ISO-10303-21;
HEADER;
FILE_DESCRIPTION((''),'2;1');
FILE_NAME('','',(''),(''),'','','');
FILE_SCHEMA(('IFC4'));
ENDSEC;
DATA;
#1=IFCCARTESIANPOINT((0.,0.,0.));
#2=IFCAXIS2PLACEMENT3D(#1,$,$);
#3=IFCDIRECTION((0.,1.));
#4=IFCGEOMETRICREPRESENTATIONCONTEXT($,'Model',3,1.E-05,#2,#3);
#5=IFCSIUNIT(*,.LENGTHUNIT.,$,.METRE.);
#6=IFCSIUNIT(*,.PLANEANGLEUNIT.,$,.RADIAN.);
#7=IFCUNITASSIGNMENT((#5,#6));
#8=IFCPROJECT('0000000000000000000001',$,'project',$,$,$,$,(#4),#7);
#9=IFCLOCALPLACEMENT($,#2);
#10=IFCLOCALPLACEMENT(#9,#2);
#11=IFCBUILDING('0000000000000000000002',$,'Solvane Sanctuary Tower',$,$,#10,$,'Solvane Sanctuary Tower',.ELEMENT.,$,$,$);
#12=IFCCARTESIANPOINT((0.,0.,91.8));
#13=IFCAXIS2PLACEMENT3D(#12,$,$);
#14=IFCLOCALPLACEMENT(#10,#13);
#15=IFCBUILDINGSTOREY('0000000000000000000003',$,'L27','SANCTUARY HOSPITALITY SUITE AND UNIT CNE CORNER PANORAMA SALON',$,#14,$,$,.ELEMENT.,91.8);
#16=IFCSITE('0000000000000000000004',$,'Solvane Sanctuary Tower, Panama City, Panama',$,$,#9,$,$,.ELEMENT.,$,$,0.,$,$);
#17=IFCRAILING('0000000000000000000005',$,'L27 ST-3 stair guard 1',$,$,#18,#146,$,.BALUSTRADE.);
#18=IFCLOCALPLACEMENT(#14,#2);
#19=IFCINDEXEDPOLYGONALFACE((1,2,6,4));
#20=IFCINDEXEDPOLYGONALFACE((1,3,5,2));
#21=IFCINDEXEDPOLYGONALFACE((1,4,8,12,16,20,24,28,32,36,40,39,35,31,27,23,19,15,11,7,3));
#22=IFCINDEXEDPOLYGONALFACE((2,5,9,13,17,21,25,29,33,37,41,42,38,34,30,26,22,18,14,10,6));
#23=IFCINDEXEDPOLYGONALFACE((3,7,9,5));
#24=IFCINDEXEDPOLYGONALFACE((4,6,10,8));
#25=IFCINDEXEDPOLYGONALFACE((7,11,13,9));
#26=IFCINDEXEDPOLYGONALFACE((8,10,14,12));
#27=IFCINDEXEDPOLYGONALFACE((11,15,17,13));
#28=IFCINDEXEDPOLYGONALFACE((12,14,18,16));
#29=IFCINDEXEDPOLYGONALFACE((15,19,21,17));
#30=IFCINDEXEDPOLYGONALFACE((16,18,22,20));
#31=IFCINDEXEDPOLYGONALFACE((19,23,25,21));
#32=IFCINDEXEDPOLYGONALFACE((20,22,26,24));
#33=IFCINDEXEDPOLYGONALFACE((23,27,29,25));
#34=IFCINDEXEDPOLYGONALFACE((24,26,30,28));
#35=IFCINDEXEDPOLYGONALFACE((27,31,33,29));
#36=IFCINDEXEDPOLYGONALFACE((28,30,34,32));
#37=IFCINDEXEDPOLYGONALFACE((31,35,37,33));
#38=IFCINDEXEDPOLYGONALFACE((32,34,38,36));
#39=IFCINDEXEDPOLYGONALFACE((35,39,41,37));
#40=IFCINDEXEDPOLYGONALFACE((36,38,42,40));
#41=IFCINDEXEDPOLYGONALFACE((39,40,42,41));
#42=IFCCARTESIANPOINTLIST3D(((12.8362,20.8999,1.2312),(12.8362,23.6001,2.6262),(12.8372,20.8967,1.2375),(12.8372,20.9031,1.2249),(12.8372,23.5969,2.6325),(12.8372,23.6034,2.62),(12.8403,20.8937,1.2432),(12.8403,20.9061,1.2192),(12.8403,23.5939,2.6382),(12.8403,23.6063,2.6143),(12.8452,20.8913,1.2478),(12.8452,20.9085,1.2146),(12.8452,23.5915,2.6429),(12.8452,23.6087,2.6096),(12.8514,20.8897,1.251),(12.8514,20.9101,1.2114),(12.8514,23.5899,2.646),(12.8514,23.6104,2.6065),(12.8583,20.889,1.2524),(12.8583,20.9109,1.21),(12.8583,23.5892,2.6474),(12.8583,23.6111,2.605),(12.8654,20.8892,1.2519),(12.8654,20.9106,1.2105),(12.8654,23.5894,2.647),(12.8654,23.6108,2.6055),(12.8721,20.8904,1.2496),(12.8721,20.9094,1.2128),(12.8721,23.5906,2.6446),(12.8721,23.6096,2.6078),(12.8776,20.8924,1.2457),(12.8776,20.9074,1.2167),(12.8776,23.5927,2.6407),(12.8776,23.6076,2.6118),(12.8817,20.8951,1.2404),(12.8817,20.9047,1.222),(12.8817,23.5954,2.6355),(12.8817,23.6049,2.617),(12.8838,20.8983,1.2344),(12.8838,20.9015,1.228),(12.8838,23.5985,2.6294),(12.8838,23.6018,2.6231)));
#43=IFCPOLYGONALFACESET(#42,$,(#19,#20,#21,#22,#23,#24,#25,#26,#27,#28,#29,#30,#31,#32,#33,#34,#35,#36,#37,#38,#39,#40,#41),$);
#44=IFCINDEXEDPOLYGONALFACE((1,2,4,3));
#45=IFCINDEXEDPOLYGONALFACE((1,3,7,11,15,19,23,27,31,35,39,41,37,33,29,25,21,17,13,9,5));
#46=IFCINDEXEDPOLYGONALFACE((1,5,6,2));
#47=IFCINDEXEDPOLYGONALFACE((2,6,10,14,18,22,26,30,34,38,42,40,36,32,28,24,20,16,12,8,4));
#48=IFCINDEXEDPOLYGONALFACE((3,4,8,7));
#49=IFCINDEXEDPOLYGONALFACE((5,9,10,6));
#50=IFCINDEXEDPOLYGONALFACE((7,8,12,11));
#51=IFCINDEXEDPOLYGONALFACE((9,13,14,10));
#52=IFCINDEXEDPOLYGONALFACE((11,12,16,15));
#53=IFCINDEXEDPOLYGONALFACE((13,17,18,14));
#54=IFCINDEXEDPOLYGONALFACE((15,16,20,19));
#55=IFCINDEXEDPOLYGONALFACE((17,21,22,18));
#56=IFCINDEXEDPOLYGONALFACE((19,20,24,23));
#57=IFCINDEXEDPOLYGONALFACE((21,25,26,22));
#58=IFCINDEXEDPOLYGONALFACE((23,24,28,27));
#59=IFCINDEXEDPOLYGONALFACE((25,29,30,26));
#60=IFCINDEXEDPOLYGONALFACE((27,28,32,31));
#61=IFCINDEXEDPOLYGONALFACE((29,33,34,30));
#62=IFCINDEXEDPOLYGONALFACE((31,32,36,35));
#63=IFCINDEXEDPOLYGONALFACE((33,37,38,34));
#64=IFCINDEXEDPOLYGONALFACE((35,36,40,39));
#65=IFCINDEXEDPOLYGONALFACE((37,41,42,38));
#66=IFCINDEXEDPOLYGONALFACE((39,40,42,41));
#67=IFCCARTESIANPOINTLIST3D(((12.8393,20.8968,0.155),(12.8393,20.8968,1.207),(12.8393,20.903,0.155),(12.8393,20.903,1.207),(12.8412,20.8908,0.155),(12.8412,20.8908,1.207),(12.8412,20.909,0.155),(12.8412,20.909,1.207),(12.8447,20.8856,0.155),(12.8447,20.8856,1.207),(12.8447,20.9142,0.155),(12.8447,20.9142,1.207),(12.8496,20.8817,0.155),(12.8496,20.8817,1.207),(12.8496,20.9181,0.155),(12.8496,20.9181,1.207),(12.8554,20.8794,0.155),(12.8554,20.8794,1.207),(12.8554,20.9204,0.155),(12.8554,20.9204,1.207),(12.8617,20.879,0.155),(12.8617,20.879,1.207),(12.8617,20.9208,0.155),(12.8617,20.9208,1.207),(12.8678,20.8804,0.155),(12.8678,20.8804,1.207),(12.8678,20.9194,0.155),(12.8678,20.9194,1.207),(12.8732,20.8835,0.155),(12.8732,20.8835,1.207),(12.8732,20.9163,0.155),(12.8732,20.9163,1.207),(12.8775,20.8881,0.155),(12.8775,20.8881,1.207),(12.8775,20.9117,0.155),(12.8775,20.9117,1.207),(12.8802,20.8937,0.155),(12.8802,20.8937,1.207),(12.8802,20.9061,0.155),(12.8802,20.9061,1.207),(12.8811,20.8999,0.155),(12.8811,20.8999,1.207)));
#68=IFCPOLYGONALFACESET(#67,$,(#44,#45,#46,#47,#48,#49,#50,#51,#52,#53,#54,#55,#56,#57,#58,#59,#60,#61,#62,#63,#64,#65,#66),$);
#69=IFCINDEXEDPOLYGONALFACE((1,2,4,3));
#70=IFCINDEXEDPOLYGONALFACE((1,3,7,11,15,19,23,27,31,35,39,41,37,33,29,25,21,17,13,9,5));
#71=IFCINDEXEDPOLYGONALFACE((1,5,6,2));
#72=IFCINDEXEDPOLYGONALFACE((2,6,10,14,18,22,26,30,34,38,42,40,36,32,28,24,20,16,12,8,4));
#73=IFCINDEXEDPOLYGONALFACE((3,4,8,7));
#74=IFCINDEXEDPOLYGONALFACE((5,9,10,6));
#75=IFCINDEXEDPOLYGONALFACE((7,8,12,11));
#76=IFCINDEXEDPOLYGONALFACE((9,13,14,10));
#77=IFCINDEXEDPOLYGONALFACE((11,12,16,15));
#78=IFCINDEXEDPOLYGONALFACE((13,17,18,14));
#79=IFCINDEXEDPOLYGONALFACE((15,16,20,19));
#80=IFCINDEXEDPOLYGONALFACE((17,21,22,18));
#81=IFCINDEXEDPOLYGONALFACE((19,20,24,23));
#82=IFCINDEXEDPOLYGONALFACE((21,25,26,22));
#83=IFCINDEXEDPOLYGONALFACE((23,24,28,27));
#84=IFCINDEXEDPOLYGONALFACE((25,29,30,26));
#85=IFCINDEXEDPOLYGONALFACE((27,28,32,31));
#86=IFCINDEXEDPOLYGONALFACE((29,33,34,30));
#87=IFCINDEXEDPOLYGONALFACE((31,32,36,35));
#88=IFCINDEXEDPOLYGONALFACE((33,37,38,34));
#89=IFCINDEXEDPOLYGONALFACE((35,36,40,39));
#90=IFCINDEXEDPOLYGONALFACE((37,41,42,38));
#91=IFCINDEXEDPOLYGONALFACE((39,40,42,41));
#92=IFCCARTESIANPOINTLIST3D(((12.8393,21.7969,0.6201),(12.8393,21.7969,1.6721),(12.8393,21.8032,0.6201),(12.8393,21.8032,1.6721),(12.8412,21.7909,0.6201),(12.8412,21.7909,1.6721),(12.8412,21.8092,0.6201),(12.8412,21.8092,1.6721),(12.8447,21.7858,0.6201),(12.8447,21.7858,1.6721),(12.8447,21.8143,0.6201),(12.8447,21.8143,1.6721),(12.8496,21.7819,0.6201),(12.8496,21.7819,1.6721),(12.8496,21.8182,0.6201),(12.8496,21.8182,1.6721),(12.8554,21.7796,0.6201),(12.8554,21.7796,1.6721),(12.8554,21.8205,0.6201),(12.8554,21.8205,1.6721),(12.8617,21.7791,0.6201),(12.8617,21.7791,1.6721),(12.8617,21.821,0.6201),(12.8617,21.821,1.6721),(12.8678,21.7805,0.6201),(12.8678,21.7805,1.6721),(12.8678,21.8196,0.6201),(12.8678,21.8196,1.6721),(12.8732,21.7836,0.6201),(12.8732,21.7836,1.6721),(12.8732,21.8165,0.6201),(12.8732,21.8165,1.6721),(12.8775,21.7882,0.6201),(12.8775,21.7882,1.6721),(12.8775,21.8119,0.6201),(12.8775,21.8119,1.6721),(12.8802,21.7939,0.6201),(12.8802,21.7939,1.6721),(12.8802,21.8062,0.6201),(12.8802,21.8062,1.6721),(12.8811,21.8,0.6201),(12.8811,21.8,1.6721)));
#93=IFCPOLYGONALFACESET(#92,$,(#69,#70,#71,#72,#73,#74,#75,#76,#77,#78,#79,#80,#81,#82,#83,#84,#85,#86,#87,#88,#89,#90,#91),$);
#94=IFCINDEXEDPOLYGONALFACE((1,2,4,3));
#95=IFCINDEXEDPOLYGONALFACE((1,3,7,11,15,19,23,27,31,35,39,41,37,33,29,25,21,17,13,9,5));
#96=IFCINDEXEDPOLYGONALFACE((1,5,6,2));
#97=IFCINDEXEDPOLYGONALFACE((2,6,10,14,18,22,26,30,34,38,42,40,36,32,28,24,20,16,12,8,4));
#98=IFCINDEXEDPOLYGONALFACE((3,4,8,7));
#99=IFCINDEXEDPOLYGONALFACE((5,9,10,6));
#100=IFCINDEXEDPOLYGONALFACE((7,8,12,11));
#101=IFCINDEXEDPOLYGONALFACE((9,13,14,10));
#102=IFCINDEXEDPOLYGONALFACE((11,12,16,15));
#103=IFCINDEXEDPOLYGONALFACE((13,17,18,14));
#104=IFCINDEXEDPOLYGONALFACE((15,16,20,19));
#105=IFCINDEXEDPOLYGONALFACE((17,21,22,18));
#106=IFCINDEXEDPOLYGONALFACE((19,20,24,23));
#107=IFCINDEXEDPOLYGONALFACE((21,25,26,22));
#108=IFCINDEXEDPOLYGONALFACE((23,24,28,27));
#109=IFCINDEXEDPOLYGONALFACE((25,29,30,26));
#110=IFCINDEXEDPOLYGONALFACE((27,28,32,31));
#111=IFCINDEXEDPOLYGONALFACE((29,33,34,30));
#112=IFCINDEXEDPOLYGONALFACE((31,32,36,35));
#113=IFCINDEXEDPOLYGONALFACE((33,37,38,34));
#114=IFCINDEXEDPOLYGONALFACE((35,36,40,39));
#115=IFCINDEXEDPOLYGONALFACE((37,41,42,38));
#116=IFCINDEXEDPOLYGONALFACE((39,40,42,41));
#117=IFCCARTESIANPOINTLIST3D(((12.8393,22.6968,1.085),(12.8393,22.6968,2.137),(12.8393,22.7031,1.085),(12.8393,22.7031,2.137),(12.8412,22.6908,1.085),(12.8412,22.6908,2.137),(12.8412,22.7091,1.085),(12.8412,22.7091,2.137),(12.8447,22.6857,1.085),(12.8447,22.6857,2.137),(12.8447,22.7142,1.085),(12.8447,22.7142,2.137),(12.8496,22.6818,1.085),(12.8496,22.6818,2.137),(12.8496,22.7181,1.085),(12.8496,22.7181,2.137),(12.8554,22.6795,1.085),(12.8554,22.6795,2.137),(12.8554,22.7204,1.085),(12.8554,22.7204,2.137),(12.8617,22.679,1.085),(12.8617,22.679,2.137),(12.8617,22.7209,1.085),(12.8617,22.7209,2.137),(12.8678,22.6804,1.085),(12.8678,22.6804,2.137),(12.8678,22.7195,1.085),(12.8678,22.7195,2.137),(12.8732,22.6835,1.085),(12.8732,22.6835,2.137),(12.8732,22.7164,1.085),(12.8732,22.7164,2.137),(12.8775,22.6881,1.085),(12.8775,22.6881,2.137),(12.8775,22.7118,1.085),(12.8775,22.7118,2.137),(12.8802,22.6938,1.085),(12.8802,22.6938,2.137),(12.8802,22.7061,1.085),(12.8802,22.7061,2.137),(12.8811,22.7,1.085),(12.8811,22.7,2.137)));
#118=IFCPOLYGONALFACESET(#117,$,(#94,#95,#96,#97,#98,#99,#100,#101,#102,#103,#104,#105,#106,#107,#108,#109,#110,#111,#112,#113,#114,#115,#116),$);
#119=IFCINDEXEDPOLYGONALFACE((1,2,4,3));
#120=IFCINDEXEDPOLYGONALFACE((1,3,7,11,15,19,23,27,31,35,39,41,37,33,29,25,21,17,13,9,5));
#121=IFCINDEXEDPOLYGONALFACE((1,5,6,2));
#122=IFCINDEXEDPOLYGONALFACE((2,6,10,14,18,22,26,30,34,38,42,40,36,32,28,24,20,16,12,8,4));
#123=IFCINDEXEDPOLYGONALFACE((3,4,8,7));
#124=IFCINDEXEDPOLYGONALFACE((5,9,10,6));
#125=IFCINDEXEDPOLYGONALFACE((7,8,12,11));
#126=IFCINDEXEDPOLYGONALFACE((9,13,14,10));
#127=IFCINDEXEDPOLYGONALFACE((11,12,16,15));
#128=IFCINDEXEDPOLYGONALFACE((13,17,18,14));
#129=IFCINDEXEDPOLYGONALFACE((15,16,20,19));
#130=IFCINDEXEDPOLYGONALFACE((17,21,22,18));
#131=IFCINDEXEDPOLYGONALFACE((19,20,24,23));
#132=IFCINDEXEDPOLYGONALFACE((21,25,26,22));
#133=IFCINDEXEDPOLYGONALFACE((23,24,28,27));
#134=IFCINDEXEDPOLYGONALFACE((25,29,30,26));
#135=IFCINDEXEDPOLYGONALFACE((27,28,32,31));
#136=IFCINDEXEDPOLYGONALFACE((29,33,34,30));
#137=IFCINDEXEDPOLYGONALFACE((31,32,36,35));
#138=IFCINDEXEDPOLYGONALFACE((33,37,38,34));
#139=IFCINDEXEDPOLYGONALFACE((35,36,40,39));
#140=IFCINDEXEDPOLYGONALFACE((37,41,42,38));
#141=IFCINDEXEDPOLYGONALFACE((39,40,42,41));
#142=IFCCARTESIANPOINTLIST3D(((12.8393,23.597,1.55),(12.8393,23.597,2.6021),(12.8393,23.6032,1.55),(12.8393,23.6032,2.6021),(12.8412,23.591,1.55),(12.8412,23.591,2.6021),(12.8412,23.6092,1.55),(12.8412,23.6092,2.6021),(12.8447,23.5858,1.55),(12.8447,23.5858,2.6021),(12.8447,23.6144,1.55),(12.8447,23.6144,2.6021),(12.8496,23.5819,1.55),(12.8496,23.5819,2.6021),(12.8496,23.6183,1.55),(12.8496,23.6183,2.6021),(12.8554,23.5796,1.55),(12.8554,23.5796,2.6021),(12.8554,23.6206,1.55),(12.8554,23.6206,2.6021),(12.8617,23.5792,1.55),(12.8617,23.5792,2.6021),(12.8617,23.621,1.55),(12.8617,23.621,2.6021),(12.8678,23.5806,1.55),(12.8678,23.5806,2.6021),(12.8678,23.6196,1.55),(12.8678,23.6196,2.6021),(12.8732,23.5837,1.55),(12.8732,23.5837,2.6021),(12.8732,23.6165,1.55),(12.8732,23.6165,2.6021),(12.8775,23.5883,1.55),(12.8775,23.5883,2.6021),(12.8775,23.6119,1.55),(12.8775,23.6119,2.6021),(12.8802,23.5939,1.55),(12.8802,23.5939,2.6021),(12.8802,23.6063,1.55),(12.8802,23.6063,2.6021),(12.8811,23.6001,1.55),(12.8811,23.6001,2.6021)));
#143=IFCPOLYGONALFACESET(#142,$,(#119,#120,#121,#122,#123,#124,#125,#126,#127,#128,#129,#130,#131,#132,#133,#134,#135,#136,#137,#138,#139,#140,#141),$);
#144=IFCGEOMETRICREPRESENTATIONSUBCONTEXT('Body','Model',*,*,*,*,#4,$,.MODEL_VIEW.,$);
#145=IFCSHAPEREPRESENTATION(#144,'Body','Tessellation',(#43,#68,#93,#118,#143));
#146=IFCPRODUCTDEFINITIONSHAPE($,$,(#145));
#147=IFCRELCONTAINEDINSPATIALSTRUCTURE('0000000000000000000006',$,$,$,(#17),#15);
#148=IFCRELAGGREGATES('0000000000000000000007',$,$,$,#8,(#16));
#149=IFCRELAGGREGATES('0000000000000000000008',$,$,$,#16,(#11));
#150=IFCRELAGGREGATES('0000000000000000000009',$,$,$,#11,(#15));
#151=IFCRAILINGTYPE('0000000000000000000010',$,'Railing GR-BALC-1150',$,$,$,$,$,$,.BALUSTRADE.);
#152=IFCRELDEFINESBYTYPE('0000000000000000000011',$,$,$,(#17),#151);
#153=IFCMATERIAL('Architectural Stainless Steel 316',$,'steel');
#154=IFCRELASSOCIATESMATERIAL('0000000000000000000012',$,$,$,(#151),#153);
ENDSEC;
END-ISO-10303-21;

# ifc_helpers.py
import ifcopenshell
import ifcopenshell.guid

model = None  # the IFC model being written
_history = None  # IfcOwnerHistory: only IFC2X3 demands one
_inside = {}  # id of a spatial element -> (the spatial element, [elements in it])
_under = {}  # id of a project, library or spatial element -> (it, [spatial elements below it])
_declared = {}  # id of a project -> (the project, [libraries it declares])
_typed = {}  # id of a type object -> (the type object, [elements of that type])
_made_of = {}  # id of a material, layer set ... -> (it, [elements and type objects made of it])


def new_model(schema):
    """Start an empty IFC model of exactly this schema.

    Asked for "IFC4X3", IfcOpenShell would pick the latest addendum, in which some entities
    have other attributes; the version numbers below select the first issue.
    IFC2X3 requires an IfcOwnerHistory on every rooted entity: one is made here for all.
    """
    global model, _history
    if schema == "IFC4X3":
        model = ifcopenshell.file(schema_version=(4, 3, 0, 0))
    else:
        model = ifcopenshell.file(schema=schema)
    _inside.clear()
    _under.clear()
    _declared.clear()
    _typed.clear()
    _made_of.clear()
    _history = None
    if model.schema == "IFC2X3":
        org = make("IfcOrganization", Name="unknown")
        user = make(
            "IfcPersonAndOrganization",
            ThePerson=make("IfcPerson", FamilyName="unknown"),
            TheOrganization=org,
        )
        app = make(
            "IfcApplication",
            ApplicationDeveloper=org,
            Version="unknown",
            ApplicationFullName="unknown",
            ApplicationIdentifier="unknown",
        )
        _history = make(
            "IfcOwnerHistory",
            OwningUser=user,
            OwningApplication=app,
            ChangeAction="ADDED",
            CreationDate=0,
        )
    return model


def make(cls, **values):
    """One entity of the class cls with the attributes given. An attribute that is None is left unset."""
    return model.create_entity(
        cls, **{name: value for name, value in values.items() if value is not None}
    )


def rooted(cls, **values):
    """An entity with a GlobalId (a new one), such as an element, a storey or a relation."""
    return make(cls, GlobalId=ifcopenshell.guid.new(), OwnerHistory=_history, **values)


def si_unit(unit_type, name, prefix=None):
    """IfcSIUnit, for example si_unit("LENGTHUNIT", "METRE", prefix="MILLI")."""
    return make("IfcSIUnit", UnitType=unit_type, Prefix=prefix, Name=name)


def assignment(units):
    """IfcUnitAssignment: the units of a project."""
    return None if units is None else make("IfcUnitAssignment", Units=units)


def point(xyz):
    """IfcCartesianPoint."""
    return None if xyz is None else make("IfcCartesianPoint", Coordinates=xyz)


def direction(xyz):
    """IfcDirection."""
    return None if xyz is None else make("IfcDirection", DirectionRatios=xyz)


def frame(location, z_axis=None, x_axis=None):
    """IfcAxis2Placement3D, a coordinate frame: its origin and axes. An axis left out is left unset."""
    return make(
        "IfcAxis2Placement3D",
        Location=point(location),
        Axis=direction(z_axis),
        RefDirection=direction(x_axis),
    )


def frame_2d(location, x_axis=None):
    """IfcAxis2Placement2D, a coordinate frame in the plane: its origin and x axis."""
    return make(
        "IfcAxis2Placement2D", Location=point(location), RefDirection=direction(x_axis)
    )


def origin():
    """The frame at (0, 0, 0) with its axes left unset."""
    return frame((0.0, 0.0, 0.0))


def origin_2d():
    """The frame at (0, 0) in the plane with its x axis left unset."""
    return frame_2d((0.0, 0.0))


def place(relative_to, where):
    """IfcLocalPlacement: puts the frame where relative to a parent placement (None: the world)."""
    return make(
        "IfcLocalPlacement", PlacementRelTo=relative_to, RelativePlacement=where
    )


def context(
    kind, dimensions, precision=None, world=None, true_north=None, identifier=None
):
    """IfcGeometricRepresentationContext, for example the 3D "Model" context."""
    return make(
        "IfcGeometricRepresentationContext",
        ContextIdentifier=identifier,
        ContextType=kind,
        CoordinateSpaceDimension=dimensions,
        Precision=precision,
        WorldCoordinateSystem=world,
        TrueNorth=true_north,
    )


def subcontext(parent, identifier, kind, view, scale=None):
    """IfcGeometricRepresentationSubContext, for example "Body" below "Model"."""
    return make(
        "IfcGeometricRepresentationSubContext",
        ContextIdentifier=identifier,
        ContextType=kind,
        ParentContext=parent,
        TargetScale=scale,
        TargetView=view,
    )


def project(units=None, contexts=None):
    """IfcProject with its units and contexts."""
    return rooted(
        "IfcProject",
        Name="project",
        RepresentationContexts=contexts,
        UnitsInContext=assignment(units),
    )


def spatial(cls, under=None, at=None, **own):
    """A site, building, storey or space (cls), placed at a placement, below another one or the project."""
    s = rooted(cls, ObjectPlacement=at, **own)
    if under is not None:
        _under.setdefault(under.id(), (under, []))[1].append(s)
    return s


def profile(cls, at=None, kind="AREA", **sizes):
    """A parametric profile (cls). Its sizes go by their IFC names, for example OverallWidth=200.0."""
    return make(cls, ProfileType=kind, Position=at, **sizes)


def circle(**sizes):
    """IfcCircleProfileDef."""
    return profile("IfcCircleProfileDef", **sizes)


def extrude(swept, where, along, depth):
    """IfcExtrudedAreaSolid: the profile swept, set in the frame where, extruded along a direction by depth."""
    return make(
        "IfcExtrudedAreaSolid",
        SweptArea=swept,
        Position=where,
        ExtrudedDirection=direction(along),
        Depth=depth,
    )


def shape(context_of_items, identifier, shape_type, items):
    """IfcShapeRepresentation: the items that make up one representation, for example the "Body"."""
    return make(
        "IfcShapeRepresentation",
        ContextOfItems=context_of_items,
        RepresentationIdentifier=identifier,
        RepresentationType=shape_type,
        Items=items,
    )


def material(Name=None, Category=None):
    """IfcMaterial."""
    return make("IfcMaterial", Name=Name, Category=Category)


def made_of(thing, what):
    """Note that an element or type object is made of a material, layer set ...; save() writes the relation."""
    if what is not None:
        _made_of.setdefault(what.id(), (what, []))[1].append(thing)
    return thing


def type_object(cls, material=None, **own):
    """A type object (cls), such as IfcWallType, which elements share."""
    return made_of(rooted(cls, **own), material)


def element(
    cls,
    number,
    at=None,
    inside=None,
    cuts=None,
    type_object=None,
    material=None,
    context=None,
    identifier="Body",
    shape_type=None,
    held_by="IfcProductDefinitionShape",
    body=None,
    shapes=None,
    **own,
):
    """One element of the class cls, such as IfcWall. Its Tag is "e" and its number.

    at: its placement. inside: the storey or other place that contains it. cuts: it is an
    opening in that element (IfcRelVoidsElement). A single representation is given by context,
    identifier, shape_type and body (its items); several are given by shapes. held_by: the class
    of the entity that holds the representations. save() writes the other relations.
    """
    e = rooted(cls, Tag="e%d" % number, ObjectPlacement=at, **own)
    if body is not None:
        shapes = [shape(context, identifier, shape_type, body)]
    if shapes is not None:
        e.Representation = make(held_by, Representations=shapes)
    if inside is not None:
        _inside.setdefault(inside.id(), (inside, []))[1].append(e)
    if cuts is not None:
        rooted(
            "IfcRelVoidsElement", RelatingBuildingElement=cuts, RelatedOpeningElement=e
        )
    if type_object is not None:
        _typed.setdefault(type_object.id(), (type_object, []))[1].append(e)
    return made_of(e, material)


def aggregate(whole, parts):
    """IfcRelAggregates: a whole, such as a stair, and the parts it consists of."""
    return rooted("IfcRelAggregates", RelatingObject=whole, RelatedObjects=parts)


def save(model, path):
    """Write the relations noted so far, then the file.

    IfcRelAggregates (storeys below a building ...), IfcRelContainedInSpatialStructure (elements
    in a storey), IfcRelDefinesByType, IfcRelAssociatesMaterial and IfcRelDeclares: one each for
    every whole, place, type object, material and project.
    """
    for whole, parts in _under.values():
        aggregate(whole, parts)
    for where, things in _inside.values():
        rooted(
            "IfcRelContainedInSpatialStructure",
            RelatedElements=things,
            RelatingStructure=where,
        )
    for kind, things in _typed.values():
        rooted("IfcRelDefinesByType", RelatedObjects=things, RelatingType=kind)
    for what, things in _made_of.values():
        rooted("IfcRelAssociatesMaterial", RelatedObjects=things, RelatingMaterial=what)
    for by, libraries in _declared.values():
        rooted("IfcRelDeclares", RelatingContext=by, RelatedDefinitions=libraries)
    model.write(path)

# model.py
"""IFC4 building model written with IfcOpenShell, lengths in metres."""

from ifc_helpers import new_model, si_unit, direction, frame, origin, origin_2d, place, context, subcontext, project, spatial, circle, extrude, material, type_object, element, save


model = new_model("IFC4")

# Units and contexts
model_context = context("Model", 3, precision=1e-05, world=origin(), true_north=direction((0.0, 1.0)))
body_context = subcontext(model_context, "Body", "Model", "MODEL_VIEW")
ifc_project = project(units=[si_unit("LENGTHUNIT", "METRE"), si_unit("PLANEANGLEUNIT", "RADIAN")], contexts=[model_context])

# Site, building, storey
site_placement = place(None, origin())
site = spatial("IfcSite", under=ifc_project, at=site_placement, Name="Solvane Sanctuary Tower, Panama City, Panama", CompositionType="ELEMENT", RefElevation=0.0)
building_placement = place(site_placement, origin())
building = spatial("IfcBuilding", under=site, at=building_placement, Name="Solvane Sanctuary Tower", LongName="Solvane Sanctuary Tower", CompositionType="ELEMENT")
storey_placement = place(building_placement, frame((0.0, 0.0, 91.8)))
storey = spatial("IfcBuildingStorey", under=building, at=storey_placement, Name="L27", Description="SANCTUARY HOSPITALITY SUITE AND UNIT CNE CORNER PANORAMA SALON", CompositionType="ELEMENT", Elevation=91.8)

# Shared definitions
ifc_material_1 = material(Name="Architectural Stainless Steel 316", Category="steel")

# Railing
railing_type_1 = type_object("IfcRailingType", Name="Railing GR-BALC-1150", PredefinedType="BALUSTRADE", material=ifc_material_1)
railing_1_placement = place(storey_placement, frame((12.8601, 20.8999, 0.155)))
element("IfcRailing", 1, at=railing_1_placement, inside=storey, type_object=railing_type_1, Name="L27 ST-3 stair guard 1", PredefinedType="BALUSTRADE", context=body_context, shape_type="SweptSolid", body=[
    extrude(circle(Radius=0.0239, at=origin_2d()), frame((0.0, 0.0, 1.0762), z_axis=(0.0, 0.888437, 0.458999), x_axis=(-1.0, 0.0, 0.0)), (0.0, 0.0, 1.0), 3.0393),
    extrude(circle(Radius=0.021, at=origin_2d()), origin(), (0.0, 0.0, 1.0), 1.052),
    extrude(circle(Radius=0.021, at=origin_2d()), frame((0.0, 0.9001, 0.4651)), (0.0, 0.0, 1.0), 1.052),
    extrude(circle(Radius=0.021, at=origin_2d()), frame((0.0, 1.8, 0.9299)), (0.0, 0.0, 1.0), 1.052),
    extrude(circle(Radius=0.021, at=origin_2d()), frame((0.0, 2.7002, 1.395)), (0.0, 0.0, 1.0), 1.052),
])

save(model, "model.ifc")
